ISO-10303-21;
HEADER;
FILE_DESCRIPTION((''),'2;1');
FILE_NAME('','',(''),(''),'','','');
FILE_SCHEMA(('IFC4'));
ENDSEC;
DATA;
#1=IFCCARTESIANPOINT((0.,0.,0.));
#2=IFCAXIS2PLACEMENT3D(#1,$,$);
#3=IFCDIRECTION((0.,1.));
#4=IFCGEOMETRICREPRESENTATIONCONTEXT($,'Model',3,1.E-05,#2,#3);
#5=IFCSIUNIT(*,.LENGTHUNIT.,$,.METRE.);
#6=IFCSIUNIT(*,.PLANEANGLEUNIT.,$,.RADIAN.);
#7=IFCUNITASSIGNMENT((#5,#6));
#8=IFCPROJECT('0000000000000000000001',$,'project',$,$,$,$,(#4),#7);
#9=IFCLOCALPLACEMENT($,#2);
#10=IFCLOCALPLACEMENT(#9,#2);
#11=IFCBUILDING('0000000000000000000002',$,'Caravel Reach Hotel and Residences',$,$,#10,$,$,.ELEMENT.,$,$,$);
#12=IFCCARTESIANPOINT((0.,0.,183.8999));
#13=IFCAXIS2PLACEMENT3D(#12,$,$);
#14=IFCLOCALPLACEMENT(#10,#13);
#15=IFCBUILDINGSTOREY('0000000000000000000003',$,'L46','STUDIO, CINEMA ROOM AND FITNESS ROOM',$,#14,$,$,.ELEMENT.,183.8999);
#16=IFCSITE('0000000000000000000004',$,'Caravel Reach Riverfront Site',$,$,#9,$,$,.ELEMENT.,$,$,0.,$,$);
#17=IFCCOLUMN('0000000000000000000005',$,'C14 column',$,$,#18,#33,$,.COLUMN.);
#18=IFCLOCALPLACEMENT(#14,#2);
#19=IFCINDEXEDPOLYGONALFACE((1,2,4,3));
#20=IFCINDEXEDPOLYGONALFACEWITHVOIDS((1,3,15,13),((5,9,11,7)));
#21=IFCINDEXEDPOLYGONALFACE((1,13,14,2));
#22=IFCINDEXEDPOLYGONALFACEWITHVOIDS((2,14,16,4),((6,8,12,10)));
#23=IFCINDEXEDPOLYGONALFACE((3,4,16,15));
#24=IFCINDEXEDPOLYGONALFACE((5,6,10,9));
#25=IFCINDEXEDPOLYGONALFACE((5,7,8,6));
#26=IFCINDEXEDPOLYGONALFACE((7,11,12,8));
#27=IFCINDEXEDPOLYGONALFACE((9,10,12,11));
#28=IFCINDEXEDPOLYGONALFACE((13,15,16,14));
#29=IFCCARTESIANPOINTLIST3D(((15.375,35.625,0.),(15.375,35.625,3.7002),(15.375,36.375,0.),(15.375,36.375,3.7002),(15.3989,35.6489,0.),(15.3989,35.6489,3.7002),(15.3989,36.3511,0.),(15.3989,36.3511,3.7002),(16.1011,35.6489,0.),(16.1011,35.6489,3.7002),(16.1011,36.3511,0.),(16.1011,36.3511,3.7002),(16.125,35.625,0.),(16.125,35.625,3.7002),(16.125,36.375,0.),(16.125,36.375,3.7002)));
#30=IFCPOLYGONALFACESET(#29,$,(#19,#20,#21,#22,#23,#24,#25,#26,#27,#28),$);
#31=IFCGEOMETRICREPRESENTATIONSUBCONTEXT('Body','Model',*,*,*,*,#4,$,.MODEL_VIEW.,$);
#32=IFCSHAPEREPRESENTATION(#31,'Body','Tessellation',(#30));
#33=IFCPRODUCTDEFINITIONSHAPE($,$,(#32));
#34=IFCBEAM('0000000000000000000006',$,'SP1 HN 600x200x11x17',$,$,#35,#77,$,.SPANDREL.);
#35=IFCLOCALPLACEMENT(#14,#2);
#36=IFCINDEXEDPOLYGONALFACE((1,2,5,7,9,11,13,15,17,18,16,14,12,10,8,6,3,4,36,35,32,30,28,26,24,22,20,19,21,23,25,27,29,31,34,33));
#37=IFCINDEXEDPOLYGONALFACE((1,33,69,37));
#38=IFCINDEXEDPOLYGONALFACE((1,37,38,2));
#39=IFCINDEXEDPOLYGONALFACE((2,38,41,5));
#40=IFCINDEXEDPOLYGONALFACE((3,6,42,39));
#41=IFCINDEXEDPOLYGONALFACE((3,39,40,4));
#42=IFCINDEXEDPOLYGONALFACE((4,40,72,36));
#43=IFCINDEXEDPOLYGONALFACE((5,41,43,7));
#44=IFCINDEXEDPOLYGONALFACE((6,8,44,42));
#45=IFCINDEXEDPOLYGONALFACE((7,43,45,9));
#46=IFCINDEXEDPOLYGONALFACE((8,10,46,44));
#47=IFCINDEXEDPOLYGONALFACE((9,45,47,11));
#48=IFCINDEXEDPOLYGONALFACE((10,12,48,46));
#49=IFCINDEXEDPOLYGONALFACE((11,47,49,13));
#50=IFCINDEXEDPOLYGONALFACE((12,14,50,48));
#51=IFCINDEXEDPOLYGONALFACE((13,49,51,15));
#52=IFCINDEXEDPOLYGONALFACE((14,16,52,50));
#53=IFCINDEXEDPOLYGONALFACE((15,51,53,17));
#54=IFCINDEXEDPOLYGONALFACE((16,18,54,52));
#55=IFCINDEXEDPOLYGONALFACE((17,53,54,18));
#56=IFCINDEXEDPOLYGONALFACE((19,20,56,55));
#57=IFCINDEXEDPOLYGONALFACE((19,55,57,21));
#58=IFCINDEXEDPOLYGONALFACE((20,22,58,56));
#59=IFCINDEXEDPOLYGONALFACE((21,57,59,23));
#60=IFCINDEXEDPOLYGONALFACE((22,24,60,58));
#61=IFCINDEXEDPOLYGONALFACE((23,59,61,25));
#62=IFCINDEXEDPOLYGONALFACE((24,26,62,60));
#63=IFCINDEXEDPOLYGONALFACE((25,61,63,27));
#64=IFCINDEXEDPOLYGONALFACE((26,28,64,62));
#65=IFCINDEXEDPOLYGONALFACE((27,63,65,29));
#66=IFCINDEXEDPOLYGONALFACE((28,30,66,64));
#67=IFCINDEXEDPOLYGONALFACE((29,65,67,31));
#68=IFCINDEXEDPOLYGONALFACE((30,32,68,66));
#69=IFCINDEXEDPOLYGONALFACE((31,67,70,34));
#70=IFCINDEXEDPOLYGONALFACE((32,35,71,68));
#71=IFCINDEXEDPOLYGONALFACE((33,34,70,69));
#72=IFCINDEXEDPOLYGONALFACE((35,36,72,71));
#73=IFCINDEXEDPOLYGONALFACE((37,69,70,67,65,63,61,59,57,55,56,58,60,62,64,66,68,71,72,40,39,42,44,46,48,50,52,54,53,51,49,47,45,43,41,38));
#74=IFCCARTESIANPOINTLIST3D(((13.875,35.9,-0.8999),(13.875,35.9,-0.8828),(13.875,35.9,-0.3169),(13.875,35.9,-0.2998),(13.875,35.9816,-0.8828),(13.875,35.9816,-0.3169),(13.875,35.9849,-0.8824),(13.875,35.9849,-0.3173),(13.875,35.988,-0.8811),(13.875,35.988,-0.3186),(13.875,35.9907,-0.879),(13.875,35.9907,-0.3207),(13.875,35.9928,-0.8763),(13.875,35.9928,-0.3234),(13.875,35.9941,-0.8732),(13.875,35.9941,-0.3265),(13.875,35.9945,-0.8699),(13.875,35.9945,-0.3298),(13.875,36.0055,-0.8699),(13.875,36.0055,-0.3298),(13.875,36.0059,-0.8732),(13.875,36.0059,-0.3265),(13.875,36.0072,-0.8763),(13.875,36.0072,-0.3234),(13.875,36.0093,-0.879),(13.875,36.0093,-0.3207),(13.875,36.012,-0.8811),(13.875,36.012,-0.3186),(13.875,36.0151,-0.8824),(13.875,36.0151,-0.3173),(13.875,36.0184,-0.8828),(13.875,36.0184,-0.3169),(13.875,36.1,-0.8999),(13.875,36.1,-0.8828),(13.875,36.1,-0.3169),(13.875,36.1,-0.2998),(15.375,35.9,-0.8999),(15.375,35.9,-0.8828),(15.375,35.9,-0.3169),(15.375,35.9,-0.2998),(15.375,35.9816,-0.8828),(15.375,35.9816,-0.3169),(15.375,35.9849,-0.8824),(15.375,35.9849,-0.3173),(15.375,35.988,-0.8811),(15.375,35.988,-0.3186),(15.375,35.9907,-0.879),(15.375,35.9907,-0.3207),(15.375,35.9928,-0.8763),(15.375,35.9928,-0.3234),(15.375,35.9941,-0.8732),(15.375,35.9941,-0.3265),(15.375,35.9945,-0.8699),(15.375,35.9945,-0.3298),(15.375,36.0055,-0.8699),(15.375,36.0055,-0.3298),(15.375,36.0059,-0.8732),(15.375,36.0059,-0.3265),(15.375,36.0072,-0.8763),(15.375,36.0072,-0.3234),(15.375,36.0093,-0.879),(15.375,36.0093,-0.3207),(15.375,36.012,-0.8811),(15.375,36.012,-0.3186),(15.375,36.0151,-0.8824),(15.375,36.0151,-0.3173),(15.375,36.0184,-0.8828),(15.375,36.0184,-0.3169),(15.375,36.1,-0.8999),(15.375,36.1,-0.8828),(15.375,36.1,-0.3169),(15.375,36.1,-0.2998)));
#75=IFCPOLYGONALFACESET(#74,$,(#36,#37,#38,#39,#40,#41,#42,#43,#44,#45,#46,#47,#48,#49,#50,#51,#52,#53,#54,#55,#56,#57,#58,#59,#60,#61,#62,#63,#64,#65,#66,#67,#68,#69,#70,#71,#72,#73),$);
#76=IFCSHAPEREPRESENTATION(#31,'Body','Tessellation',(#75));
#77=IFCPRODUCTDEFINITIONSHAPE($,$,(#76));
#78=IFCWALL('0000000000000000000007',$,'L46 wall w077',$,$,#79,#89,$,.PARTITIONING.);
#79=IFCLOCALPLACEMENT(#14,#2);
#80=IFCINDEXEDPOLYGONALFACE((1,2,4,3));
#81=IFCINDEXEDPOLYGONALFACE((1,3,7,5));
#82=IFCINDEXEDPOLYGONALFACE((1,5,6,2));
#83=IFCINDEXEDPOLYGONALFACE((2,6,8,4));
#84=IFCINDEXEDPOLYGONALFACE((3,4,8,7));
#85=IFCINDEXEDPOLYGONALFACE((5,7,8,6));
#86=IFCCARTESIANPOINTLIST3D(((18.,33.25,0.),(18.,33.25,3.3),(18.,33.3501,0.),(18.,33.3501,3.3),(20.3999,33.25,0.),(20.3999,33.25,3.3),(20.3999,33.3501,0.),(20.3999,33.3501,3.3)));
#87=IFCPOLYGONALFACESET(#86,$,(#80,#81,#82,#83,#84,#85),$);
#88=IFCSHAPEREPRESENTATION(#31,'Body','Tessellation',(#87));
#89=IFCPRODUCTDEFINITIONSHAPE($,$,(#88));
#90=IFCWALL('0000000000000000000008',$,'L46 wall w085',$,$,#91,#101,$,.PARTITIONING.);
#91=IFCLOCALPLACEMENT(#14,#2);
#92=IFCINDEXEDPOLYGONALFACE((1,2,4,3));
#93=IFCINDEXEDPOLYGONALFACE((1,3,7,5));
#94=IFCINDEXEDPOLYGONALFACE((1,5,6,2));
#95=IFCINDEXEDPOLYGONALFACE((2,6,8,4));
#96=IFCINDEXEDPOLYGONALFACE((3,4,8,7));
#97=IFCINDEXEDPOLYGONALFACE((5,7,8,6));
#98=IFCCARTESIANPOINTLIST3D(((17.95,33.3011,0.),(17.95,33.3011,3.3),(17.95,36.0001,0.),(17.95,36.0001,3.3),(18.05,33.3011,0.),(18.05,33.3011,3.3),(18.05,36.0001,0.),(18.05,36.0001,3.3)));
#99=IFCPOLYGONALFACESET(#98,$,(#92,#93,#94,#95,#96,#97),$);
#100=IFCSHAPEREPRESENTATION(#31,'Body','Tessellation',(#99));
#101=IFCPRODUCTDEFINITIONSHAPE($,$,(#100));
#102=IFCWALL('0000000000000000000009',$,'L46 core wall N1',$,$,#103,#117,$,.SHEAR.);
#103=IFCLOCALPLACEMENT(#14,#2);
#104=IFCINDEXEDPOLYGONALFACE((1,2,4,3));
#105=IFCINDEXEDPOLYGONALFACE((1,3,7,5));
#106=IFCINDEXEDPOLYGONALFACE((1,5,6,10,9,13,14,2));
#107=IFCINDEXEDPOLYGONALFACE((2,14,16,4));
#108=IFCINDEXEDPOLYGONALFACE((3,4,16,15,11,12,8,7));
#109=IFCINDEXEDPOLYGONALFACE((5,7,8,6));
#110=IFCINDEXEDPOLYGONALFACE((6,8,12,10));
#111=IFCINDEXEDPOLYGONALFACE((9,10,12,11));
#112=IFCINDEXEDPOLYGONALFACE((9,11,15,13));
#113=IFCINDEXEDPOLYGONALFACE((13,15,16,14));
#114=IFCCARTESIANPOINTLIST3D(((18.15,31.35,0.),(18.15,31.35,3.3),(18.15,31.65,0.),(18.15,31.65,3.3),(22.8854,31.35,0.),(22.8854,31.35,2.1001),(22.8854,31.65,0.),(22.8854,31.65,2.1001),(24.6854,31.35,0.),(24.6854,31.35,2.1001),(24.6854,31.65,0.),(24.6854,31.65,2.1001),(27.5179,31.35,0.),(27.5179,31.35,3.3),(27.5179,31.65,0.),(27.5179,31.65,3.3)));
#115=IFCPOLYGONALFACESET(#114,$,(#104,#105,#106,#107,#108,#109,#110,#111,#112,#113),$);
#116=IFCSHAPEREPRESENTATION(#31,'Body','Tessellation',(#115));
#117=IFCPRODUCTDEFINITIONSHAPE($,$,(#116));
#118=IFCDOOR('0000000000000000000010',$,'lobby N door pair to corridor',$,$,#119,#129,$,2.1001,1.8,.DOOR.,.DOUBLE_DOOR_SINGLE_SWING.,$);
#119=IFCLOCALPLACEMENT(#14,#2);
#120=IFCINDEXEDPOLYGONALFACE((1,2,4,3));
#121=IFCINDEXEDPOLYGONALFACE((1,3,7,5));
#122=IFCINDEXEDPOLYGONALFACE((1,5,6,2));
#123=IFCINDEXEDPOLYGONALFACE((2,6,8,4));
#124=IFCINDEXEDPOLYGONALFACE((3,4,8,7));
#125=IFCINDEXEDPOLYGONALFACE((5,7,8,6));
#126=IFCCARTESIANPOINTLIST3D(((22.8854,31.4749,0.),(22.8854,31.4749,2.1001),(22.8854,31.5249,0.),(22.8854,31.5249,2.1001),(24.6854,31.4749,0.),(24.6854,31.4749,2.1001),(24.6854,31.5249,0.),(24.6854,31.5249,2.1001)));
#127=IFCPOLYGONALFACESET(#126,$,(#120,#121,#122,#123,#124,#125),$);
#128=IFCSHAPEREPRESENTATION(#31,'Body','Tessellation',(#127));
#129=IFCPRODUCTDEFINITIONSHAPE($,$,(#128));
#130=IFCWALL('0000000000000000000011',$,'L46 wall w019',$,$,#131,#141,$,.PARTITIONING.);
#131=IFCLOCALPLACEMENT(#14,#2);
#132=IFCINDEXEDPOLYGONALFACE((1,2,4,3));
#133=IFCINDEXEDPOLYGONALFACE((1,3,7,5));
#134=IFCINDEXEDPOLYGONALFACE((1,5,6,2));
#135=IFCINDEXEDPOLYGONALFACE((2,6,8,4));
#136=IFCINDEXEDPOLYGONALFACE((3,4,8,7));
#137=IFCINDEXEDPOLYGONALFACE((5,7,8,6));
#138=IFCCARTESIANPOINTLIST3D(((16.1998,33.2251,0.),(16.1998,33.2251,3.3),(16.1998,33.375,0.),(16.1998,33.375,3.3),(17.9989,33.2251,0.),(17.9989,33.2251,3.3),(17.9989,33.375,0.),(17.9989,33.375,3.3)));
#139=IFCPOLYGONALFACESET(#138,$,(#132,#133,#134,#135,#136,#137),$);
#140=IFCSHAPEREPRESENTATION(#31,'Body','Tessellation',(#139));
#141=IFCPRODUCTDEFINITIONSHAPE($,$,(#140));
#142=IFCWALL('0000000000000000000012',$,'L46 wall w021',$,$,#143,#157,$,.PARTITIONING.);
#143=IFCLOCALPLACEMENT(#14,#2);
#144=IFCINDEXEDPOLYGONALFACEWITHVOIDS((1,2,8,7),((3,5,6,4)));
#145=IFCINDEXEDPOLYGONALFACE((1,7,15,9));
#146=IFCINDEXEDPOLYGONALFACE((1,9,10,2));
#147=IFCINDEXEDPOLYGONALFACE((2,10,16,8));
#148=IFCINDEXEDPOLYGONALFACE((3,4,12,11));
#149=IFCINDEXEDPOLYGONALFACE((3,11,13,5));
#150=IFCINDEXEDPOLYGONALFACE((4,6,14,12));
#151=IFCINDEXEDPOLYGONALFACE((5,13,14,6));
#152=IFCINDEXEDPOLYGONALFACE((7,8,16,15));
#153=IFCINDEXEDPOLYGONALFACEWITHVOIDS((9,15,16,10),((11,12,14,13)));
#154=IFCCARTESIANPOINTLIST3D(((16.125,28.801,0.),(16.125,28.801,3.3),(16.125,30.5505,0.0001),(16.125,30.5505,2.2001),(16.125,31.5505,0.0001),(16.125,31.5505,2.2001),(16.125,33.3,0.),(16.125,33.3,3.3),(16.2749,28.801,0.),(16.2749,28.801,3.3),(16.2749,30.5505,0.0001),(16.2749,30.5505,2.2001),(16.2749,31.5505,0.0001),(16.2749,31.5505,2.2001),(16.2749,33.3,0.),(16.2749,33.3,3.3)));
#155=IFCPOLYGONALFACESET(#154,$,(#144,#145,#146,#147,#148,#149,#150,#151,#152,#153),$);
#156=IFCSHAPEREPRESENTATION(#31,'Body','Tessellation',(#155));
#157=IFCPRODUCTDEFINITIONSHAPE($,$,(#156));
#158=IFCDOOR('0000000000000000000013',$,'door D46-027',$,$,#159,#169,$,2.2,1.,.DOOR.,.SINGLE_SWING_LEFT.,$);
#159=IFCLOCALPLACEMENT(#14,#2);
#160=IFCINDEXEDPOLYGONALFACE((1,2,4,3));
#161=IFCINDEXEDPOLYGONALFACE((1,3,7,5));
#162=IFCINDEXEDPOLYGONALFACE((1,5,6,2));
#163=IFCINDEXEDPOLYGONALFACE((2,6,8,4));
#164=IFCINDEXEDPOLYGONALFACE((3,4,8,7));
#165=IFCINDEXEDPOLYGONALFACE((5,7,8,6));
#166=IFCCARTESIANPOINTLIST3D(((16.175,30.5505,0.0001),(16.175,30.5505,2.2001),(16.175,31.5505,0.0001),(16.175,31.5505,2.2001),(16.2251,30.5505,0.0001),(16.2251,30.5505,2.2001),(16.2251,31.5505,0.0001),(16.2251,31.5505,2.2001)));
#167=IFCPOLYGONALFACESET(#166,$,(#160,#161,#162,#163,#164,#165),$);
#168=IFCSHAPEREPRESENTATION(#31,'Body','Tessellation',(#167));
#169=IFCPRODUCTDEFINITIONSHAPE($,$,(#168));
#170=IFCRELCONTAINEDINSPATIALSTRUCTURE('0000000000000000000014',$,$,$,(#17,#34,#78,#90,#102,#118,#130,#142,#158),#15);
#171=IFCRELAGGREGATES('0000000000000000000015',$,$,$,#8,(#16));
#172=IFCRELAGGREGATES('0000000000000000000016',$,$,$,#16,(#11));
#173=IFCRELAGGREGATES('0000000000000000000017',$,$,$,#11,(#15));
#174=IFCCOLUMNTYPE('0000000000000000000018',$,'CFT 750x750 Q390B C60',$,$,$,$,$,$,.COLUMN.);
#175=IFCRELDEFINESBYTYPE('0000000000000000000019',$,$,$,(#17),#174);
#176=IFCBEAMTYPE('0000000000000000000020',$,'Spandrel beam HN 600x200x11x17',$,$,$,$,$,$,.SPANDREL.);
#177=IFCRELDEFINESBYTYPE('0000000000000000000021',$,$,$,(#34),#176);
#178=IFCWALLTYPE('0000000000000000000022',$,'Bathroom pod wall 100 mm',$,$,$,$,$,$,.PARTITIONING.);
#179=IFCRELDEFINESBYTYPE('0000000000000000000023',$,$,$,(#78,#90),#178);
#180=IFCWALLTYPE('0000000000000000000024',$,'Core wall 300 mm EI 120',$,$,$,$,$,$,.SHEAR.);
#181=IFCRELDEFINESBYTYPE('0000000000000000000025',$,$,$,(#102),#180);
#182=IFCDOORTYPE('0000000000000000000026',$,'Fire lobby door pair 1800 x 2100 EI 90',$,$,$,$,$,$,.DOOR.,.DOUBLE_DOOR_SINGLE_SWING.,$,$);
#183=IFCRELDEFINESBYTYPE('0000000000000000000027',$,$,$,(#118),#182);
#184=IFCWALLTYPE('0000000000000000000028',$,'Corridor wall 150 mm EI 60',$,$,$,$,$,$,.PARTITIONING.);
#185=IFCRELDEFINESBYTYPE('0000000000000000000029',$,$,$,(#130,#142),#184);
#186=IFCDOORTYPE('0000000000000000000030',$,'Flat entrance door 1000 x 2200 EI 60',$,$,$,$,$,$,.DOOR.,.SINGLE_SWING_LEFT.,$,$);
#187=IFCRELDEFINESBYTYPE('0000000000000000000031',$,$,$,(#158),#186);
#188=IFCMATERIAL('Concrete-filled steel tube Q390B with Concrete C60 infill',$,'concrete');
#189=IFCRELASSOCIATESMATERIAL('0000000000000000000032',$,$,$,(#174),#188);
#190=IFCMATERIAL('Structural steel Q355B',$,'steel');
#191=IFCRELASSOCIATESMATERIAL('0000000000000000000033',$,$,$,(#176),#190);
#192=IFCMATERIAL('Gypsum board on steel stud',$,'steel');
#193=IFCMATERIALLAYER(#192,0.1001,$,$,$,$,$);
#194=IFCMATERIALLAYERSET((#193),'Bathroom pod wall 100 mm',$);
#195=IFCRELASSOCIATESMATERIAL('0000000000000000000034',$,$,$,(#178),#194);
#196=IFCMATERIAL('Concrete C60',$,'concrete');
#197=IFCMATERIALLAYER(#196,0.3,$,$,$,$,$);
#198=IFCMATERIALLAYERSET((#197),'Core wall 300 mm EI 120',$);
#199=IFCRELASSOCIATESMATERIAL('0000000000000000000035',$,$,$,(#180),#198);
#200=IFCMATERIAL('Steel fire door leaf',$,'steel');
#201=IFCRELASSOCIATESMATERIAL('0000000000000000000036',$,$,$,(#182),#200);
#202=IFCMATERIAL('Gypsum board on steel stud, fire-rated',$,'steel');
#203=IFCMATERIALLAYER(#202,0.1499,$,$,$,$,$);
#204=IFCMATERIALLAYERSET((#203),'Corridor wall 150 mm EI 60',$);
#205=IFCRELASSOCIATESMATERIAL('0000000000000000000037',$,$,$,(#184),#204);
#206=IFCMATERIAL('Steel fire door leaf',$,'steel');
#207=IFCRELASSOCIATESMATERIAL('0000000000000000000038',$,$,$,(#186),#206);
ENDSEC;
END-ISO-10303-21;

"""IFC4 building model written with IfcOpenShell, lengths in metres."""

from ifc_helpers import new_model, si_unit, direction, frame, frame_2d, origin, origin_2d, place, context, subcontext, project, spatial, rectangle, hollow_rectangle, i_section, extrude, material, layer, layer_set, material_profile, profile_set, type_object, element, fill, save


model = new_model("IFC4")

# Units and contexts
model_context = context("Model", 3, precision=1e-05, world=origin(), true_north=direction((0.0, 1.0)))
body_context = subcontext(model_context, "Body", "Model", "MODEL_VIEW")
ifc_project = project(units=[si_unit("LENGTHUNIT", "METRE"), si_unit("PLANEANGLEUNIT", "RADIAN")], contexts=[model_context])

# Site, building, storey
site_placement = place(None, origin())
site = spatial("IfcSite", under=ifc_project, at=site_placement, Name="Caravel Reach Riverfront Site", CompositionType="ELEMENT", RefElevation=0.0)
building_placement = place(site_placement, origin())
building = spatial("IfcBuilding", under=site, at=building_placement, Name="Caravel Reach Hotel and Residences", CompositionType="ELEMENT")
storey_placement = place(building_placement, frame((0.0, 0.0, 183.8999)))
storey = spatial("IfcBuildingStorey", under=building, at=storey_placement, Name="L46", Description="STUDIO, CINEMA ROOM AND FITNESS ROOM", CompositionType="ELEMENT", Elevation=183.8999)

# Column
ifc_material_1 = material(Name="Concrete-filled steel tube Q390B with Concrete C60 infill", Category="concrete")
ifc_material_profile_1 = material_profile(ifc_material_1, hollow_rectangle(XDim=0.75, YDim=0.75, WallThickness=0.0239, at=origin_2d()), Name="RHS 750x750x24")
ifc_profile_set_1 = profile_set([ifc_material_profile_1], Name="Concrete-filled steel tube Q390B with Concrete C60 infill")
column_type = type_object("IfcColumnType", Name="CFT 750x750 Q390B C60", PredefinedType="COLUMN", material=ifc_profile_set_1)
column_placement = place(storey_placement, frame((15.75, 36.0, 0.0), z_axis=(0.0, 0.0, 1.0), x_axis=(1.0, 0.0, 0.0)))
element("IfcColumn", 1, at=column_placement, inside=storey, type_object=column_type, Name="C14 column", PredefinedType="COLUMN", context=body_context, shape_type="SweptSolid", body=[
    extrude(hollow_rectangle(XDim=0.75, YDim=0.75, WallThickness=0.0239, at=origin_2d()), origin(), (0.0, 0.0, 1.0), 3.7002),
])

# Beam
ifc_material_2 = material(Name="Structural steel Q355B", Category="steel")
ifc_material_profile_2 = material_profile(ifc_material_2, i_section(OverallWidth=0.2, OverallDepth=0.6001, WebThickness=0.011, FlangeThickness=0.0171, FilletRadius=0.0129, at=origin_2d()), Name="HN 600x200x11x17")
ifc_profile_set_2 = profile_set([ifc_material_profile_2], Name="Structural steel Q355B")
beam_type = type_object("IfcBeamType", Name="Spandrel beam HN 600x200x11x17", PredefinedType="SPANDREL", material=ifc_profile_set_2)
beam_placement = place(storey_placement, frame((15.375, 36.0, -0.5999), z_axis=(-1.0, 0.0, 0.0), x_axis=(0.0, -1.0, 0.0)))
element("IfcBeam", 2, at=beam_placement, inside=storey, type_object=beam_type, Name="SP1 HN 600x200x11x17", PredefinedType="SPANDREL", context=body_context, shape_type="SweptSolid", body=[
    extrude(i_section(OverallWidth=0.2, OverallDepth=0.6001, WebThickness=0.011, FlangeThickness=0.0171, FilletRadius=0.0129, at=origin_2d()), origin(), (0.0, 0.0, 1.0), 1.5),
])

# Walls
ifc_material_3 = material(Name="Gypsum board on steel stud", Category="steel")
ifc_layer_1 = layer(ifc_material_3, 0.1001)
ifc_layer_set_1 = layer_set([ifc_layer_1], Name="Bathroom pod wall 100 mm")
wall_type_1 = type_object("IfcWallType", Name="Bathroom pod wall 100 mm", PredefinedType="PARTITIONING", material=ifc_layer_set_1)
wall_1_placement = place(storey_placement, frame((18.0, 33.3, 0.0), z_axis=(0.0, 0.0, 1.0), x_axis=(1.0, 0.0, 0.0)))
element("IfcWall", 3, at=wall_1_placement, inside=storey, type_object=wall_type_1, Name="L46 wall w077", PredefinedType="PARTITIONING", context=body_context, shape_type="SweptSolid", body=[
    extrude(rectangle(XDim=2.3999, YDim=0.1001, at=frame_2d((1.2, 0.0))), origin(), (0.0, 0.0, 1.0), 3.3),
])
wall_2_placement = place(storey_placement, frame((18.0, 33.301, 0.0), z_axis=(0.0, 0.0, 1.0), x_axis=(0.0, 1.0, 0.0)))
element("IfcWall", 4, at=wall_2_placement, inside=storey, type_object=wall_type_1, Name="L46 wall w085", PredefinedType="PARTITIONING", context=body_context, shape_type="SweptSolid", body=[
    extrude(rectangle(XDim=2.699, YDim=0.1001, at=frame_2d((1.3496, 0.0))), origin(), (0.0, 0.0, 1.0), 3.3),
])

# Wall, opening, door
ifc_material_4 = material(Name="Concrete C60", Category="concrete")
ifc_layer_2 = layer(ifc_material_4, 0.3)
ifc_layer_set_2 = layer_set([ifc_layer_2], Name="Core wall 300 mm EI 120")
wall_type_2 = type_object("IfcWallType", Name="Core wall 300 mm EI 120", PredefinedType="SHEAR", material=ifc_layer_set_2)
wall_3_placement = place(storey_placement, frame((18.1499, 31.5, 0.0), z_axis=(0.0, 0.0, 1.0), x_axis=(1.0, 0.0, 0.0)))
wall_3 = element("IfcWall", 5, at=wall_3_placement, inside=storey, type_object=wall_type_2, Name="L46 core wall N1", PredefinedType="SHEAR", context=body_context, shape_type="SweptSolid", body=[
    extrude(rectangle(XDim=9.3679, YDim=0.3, at=frame_2d((4.6841, 0.0))), origin(), (0.0, 0.0, 1.0), 3.3),
])
opening_1_placement = place(wall_3_placement, frame((4.7356, 0.0, 0.0)))
opening_1 = element("IfcOpeningElement", 6, at=opening_1_placement, cuts=wall_3, PredefinedType="OPENING", context=body_context, shape_type="SweptSolid", body=[
    extrude(rectangle(XDim=1.8, YDim=2.1001, at=frame_2d((0.8999, 1.05))), frame((0.0, 0.1599, 0.0), z_axis=(0.0, -1.0, 0.0), x_axis=(1.0, 0.0, 0.0)), (0.0, 0.0, 1.0), 0.3201),
])
ifc_material_5 = material(Name="Steel fire door leaf", Category="steel")
door_type_1 = type_object("IfcDoorType", Name="Fire lobby door pair 1800 x 2100 EI 90", OperationType="DOUBLE_DOOR_SINGLE_SWING", PredefinedType="DOOR", material=ifc_material_5)
door_1_placement = place(opening_1_placement, origin())
door_1 = element("IfcDoor", 7, at=door_1_placement, inside=storey, type_object=door_type_1, Name="lobby N door pair to corridor", OperationType="DOUBLE_DOOR_SINGLE_SWING", OverallHeight=2.1001, OverallWidth=1.8, PredefinedType="DOOR", context=body_context, shape_type="SweptSolid", body=[
    extrude(rectangle(XDim=1.8, YDim=2.1001, at=frame_2d((0.8999, 1.05))), frame((0.0, 0.0249, 0.0), z_axis=(0.0, -1.0, 0.0), x_axis=(1.0, 0.0, 0.0)), (0.0, 0.0, 1.0), 0.05),
])
fill(opening_1, door_1)

# Wall
ifc_material_6 = material(Name="Gypsum board on steel stud, fire-rated", Category="steel")
ifc_layer_3 = layer(ifc_material_6, 0.1499)
ifc_layer_set_3 = layer_set([ifc_layer_3], Name="Corridor wall 150 mm EI 60")
wall_type_3 = type_object("IfcWallType", Name="Corridor wall 150 mm EI 60", PredefinedType="PARTITIONING", material=ifc_layer_set_3)
wall_4_placement = place(storey_placement, frame((16.2, 33.3, 0.0), z_axis=(0.0, 0.0, 1.0), x_axis=(1.0, 0.0, 0.0)))
element("IfcWall", 8, at=wall_4_placement, inside=storey, type_object=wall_type_3, Name="L46 wall w019", PredefinedType="PARTITIONING", context=body_context, shape_type="SweptSolid", body=[
    extrude(rectangle(XDim=1.7991, YDim=0.1499, at=frame_2d((0.8994, 0.0))), origin(), (0.0, 0.0, 1.0), 3.3),
])

# Wall, opening, door
wall_5_placement = place(storey_placement, frame((16.2, 28.801, 0.0), z_axis=(0.0, 0.0, 1.0), x_axis=(0.0, 1.0, 0.0)))
wall_5 = element("IfcWall", 9, at=wall_5_placement, inside=storey, type_object=wall_type_3, Name="L46 wall w021", PredefinedType="PARTITIONING", context=body_context, shape_type="SweptSolid", body=[
    extrude(rectangle(XDim=4.499, YDim=0.1499, at=frame_2d((2.2495, 0.0))), origin(), (0.0, 0.0, 1.0), 3.3),
])
opening_2_placement = place(wall_5_placement, frame((1.7495, 0.0, 0.0)))
opening_2 = element("IfcOpeningElement", 10, at=opening_2_placement, cuts=wall_5, PredefinedType="OPENING", context=body_context, shape_type="SweptSolid", body=[
    extrude(rectangle(XDim=1.0, YDim=2.2, at=frame_2d((0.5, 1.1001))), frame((0.0, 0.085, 0.0), z_axis=(0.0, -1.0, 0.0), x_axis=(1.0, 0.0, 0.0)), (0.0, 0.0, 1.0), 0.1699),
])
ifc_material_7 = material(Name="Steel fire door leaf", Category="steel")
door_type_2 = type_object("IfcDoorType", Name="Flat entrance door 1000 x 2200 EI 60", OperationType="SINGLE_SWING_LEFT", PredefinedType="DOOR", material=ifc_material_7)
door_2_placement = place(opening_2_placement, origin())
door_2 = element("IfcDoor", 11, at=door_2_placement, inside=storey, type_object=door_type_2, Name="door D46-027", OperationType="SINGLE_SWING_LEFT", OverallHeight=2.2, OverallWidth=1.0, PredefinedType="DOOR", context=body_context, shape_type="SweptSolid", body=[
    extrude(rectangle(XDim=1.0, YDim=2.2, at=frame_2d((0.5, 1.1001))), frame((0.0, 0.0249, 0.0), z_axis=(0.0, -1.0, 0.0), x_axis=(1.0, 0.0, 0.0)), (0.0, 0.0, 1.0), 0.05),
])
fill(opening_2, door_2)

save(model, "model.ifc")
